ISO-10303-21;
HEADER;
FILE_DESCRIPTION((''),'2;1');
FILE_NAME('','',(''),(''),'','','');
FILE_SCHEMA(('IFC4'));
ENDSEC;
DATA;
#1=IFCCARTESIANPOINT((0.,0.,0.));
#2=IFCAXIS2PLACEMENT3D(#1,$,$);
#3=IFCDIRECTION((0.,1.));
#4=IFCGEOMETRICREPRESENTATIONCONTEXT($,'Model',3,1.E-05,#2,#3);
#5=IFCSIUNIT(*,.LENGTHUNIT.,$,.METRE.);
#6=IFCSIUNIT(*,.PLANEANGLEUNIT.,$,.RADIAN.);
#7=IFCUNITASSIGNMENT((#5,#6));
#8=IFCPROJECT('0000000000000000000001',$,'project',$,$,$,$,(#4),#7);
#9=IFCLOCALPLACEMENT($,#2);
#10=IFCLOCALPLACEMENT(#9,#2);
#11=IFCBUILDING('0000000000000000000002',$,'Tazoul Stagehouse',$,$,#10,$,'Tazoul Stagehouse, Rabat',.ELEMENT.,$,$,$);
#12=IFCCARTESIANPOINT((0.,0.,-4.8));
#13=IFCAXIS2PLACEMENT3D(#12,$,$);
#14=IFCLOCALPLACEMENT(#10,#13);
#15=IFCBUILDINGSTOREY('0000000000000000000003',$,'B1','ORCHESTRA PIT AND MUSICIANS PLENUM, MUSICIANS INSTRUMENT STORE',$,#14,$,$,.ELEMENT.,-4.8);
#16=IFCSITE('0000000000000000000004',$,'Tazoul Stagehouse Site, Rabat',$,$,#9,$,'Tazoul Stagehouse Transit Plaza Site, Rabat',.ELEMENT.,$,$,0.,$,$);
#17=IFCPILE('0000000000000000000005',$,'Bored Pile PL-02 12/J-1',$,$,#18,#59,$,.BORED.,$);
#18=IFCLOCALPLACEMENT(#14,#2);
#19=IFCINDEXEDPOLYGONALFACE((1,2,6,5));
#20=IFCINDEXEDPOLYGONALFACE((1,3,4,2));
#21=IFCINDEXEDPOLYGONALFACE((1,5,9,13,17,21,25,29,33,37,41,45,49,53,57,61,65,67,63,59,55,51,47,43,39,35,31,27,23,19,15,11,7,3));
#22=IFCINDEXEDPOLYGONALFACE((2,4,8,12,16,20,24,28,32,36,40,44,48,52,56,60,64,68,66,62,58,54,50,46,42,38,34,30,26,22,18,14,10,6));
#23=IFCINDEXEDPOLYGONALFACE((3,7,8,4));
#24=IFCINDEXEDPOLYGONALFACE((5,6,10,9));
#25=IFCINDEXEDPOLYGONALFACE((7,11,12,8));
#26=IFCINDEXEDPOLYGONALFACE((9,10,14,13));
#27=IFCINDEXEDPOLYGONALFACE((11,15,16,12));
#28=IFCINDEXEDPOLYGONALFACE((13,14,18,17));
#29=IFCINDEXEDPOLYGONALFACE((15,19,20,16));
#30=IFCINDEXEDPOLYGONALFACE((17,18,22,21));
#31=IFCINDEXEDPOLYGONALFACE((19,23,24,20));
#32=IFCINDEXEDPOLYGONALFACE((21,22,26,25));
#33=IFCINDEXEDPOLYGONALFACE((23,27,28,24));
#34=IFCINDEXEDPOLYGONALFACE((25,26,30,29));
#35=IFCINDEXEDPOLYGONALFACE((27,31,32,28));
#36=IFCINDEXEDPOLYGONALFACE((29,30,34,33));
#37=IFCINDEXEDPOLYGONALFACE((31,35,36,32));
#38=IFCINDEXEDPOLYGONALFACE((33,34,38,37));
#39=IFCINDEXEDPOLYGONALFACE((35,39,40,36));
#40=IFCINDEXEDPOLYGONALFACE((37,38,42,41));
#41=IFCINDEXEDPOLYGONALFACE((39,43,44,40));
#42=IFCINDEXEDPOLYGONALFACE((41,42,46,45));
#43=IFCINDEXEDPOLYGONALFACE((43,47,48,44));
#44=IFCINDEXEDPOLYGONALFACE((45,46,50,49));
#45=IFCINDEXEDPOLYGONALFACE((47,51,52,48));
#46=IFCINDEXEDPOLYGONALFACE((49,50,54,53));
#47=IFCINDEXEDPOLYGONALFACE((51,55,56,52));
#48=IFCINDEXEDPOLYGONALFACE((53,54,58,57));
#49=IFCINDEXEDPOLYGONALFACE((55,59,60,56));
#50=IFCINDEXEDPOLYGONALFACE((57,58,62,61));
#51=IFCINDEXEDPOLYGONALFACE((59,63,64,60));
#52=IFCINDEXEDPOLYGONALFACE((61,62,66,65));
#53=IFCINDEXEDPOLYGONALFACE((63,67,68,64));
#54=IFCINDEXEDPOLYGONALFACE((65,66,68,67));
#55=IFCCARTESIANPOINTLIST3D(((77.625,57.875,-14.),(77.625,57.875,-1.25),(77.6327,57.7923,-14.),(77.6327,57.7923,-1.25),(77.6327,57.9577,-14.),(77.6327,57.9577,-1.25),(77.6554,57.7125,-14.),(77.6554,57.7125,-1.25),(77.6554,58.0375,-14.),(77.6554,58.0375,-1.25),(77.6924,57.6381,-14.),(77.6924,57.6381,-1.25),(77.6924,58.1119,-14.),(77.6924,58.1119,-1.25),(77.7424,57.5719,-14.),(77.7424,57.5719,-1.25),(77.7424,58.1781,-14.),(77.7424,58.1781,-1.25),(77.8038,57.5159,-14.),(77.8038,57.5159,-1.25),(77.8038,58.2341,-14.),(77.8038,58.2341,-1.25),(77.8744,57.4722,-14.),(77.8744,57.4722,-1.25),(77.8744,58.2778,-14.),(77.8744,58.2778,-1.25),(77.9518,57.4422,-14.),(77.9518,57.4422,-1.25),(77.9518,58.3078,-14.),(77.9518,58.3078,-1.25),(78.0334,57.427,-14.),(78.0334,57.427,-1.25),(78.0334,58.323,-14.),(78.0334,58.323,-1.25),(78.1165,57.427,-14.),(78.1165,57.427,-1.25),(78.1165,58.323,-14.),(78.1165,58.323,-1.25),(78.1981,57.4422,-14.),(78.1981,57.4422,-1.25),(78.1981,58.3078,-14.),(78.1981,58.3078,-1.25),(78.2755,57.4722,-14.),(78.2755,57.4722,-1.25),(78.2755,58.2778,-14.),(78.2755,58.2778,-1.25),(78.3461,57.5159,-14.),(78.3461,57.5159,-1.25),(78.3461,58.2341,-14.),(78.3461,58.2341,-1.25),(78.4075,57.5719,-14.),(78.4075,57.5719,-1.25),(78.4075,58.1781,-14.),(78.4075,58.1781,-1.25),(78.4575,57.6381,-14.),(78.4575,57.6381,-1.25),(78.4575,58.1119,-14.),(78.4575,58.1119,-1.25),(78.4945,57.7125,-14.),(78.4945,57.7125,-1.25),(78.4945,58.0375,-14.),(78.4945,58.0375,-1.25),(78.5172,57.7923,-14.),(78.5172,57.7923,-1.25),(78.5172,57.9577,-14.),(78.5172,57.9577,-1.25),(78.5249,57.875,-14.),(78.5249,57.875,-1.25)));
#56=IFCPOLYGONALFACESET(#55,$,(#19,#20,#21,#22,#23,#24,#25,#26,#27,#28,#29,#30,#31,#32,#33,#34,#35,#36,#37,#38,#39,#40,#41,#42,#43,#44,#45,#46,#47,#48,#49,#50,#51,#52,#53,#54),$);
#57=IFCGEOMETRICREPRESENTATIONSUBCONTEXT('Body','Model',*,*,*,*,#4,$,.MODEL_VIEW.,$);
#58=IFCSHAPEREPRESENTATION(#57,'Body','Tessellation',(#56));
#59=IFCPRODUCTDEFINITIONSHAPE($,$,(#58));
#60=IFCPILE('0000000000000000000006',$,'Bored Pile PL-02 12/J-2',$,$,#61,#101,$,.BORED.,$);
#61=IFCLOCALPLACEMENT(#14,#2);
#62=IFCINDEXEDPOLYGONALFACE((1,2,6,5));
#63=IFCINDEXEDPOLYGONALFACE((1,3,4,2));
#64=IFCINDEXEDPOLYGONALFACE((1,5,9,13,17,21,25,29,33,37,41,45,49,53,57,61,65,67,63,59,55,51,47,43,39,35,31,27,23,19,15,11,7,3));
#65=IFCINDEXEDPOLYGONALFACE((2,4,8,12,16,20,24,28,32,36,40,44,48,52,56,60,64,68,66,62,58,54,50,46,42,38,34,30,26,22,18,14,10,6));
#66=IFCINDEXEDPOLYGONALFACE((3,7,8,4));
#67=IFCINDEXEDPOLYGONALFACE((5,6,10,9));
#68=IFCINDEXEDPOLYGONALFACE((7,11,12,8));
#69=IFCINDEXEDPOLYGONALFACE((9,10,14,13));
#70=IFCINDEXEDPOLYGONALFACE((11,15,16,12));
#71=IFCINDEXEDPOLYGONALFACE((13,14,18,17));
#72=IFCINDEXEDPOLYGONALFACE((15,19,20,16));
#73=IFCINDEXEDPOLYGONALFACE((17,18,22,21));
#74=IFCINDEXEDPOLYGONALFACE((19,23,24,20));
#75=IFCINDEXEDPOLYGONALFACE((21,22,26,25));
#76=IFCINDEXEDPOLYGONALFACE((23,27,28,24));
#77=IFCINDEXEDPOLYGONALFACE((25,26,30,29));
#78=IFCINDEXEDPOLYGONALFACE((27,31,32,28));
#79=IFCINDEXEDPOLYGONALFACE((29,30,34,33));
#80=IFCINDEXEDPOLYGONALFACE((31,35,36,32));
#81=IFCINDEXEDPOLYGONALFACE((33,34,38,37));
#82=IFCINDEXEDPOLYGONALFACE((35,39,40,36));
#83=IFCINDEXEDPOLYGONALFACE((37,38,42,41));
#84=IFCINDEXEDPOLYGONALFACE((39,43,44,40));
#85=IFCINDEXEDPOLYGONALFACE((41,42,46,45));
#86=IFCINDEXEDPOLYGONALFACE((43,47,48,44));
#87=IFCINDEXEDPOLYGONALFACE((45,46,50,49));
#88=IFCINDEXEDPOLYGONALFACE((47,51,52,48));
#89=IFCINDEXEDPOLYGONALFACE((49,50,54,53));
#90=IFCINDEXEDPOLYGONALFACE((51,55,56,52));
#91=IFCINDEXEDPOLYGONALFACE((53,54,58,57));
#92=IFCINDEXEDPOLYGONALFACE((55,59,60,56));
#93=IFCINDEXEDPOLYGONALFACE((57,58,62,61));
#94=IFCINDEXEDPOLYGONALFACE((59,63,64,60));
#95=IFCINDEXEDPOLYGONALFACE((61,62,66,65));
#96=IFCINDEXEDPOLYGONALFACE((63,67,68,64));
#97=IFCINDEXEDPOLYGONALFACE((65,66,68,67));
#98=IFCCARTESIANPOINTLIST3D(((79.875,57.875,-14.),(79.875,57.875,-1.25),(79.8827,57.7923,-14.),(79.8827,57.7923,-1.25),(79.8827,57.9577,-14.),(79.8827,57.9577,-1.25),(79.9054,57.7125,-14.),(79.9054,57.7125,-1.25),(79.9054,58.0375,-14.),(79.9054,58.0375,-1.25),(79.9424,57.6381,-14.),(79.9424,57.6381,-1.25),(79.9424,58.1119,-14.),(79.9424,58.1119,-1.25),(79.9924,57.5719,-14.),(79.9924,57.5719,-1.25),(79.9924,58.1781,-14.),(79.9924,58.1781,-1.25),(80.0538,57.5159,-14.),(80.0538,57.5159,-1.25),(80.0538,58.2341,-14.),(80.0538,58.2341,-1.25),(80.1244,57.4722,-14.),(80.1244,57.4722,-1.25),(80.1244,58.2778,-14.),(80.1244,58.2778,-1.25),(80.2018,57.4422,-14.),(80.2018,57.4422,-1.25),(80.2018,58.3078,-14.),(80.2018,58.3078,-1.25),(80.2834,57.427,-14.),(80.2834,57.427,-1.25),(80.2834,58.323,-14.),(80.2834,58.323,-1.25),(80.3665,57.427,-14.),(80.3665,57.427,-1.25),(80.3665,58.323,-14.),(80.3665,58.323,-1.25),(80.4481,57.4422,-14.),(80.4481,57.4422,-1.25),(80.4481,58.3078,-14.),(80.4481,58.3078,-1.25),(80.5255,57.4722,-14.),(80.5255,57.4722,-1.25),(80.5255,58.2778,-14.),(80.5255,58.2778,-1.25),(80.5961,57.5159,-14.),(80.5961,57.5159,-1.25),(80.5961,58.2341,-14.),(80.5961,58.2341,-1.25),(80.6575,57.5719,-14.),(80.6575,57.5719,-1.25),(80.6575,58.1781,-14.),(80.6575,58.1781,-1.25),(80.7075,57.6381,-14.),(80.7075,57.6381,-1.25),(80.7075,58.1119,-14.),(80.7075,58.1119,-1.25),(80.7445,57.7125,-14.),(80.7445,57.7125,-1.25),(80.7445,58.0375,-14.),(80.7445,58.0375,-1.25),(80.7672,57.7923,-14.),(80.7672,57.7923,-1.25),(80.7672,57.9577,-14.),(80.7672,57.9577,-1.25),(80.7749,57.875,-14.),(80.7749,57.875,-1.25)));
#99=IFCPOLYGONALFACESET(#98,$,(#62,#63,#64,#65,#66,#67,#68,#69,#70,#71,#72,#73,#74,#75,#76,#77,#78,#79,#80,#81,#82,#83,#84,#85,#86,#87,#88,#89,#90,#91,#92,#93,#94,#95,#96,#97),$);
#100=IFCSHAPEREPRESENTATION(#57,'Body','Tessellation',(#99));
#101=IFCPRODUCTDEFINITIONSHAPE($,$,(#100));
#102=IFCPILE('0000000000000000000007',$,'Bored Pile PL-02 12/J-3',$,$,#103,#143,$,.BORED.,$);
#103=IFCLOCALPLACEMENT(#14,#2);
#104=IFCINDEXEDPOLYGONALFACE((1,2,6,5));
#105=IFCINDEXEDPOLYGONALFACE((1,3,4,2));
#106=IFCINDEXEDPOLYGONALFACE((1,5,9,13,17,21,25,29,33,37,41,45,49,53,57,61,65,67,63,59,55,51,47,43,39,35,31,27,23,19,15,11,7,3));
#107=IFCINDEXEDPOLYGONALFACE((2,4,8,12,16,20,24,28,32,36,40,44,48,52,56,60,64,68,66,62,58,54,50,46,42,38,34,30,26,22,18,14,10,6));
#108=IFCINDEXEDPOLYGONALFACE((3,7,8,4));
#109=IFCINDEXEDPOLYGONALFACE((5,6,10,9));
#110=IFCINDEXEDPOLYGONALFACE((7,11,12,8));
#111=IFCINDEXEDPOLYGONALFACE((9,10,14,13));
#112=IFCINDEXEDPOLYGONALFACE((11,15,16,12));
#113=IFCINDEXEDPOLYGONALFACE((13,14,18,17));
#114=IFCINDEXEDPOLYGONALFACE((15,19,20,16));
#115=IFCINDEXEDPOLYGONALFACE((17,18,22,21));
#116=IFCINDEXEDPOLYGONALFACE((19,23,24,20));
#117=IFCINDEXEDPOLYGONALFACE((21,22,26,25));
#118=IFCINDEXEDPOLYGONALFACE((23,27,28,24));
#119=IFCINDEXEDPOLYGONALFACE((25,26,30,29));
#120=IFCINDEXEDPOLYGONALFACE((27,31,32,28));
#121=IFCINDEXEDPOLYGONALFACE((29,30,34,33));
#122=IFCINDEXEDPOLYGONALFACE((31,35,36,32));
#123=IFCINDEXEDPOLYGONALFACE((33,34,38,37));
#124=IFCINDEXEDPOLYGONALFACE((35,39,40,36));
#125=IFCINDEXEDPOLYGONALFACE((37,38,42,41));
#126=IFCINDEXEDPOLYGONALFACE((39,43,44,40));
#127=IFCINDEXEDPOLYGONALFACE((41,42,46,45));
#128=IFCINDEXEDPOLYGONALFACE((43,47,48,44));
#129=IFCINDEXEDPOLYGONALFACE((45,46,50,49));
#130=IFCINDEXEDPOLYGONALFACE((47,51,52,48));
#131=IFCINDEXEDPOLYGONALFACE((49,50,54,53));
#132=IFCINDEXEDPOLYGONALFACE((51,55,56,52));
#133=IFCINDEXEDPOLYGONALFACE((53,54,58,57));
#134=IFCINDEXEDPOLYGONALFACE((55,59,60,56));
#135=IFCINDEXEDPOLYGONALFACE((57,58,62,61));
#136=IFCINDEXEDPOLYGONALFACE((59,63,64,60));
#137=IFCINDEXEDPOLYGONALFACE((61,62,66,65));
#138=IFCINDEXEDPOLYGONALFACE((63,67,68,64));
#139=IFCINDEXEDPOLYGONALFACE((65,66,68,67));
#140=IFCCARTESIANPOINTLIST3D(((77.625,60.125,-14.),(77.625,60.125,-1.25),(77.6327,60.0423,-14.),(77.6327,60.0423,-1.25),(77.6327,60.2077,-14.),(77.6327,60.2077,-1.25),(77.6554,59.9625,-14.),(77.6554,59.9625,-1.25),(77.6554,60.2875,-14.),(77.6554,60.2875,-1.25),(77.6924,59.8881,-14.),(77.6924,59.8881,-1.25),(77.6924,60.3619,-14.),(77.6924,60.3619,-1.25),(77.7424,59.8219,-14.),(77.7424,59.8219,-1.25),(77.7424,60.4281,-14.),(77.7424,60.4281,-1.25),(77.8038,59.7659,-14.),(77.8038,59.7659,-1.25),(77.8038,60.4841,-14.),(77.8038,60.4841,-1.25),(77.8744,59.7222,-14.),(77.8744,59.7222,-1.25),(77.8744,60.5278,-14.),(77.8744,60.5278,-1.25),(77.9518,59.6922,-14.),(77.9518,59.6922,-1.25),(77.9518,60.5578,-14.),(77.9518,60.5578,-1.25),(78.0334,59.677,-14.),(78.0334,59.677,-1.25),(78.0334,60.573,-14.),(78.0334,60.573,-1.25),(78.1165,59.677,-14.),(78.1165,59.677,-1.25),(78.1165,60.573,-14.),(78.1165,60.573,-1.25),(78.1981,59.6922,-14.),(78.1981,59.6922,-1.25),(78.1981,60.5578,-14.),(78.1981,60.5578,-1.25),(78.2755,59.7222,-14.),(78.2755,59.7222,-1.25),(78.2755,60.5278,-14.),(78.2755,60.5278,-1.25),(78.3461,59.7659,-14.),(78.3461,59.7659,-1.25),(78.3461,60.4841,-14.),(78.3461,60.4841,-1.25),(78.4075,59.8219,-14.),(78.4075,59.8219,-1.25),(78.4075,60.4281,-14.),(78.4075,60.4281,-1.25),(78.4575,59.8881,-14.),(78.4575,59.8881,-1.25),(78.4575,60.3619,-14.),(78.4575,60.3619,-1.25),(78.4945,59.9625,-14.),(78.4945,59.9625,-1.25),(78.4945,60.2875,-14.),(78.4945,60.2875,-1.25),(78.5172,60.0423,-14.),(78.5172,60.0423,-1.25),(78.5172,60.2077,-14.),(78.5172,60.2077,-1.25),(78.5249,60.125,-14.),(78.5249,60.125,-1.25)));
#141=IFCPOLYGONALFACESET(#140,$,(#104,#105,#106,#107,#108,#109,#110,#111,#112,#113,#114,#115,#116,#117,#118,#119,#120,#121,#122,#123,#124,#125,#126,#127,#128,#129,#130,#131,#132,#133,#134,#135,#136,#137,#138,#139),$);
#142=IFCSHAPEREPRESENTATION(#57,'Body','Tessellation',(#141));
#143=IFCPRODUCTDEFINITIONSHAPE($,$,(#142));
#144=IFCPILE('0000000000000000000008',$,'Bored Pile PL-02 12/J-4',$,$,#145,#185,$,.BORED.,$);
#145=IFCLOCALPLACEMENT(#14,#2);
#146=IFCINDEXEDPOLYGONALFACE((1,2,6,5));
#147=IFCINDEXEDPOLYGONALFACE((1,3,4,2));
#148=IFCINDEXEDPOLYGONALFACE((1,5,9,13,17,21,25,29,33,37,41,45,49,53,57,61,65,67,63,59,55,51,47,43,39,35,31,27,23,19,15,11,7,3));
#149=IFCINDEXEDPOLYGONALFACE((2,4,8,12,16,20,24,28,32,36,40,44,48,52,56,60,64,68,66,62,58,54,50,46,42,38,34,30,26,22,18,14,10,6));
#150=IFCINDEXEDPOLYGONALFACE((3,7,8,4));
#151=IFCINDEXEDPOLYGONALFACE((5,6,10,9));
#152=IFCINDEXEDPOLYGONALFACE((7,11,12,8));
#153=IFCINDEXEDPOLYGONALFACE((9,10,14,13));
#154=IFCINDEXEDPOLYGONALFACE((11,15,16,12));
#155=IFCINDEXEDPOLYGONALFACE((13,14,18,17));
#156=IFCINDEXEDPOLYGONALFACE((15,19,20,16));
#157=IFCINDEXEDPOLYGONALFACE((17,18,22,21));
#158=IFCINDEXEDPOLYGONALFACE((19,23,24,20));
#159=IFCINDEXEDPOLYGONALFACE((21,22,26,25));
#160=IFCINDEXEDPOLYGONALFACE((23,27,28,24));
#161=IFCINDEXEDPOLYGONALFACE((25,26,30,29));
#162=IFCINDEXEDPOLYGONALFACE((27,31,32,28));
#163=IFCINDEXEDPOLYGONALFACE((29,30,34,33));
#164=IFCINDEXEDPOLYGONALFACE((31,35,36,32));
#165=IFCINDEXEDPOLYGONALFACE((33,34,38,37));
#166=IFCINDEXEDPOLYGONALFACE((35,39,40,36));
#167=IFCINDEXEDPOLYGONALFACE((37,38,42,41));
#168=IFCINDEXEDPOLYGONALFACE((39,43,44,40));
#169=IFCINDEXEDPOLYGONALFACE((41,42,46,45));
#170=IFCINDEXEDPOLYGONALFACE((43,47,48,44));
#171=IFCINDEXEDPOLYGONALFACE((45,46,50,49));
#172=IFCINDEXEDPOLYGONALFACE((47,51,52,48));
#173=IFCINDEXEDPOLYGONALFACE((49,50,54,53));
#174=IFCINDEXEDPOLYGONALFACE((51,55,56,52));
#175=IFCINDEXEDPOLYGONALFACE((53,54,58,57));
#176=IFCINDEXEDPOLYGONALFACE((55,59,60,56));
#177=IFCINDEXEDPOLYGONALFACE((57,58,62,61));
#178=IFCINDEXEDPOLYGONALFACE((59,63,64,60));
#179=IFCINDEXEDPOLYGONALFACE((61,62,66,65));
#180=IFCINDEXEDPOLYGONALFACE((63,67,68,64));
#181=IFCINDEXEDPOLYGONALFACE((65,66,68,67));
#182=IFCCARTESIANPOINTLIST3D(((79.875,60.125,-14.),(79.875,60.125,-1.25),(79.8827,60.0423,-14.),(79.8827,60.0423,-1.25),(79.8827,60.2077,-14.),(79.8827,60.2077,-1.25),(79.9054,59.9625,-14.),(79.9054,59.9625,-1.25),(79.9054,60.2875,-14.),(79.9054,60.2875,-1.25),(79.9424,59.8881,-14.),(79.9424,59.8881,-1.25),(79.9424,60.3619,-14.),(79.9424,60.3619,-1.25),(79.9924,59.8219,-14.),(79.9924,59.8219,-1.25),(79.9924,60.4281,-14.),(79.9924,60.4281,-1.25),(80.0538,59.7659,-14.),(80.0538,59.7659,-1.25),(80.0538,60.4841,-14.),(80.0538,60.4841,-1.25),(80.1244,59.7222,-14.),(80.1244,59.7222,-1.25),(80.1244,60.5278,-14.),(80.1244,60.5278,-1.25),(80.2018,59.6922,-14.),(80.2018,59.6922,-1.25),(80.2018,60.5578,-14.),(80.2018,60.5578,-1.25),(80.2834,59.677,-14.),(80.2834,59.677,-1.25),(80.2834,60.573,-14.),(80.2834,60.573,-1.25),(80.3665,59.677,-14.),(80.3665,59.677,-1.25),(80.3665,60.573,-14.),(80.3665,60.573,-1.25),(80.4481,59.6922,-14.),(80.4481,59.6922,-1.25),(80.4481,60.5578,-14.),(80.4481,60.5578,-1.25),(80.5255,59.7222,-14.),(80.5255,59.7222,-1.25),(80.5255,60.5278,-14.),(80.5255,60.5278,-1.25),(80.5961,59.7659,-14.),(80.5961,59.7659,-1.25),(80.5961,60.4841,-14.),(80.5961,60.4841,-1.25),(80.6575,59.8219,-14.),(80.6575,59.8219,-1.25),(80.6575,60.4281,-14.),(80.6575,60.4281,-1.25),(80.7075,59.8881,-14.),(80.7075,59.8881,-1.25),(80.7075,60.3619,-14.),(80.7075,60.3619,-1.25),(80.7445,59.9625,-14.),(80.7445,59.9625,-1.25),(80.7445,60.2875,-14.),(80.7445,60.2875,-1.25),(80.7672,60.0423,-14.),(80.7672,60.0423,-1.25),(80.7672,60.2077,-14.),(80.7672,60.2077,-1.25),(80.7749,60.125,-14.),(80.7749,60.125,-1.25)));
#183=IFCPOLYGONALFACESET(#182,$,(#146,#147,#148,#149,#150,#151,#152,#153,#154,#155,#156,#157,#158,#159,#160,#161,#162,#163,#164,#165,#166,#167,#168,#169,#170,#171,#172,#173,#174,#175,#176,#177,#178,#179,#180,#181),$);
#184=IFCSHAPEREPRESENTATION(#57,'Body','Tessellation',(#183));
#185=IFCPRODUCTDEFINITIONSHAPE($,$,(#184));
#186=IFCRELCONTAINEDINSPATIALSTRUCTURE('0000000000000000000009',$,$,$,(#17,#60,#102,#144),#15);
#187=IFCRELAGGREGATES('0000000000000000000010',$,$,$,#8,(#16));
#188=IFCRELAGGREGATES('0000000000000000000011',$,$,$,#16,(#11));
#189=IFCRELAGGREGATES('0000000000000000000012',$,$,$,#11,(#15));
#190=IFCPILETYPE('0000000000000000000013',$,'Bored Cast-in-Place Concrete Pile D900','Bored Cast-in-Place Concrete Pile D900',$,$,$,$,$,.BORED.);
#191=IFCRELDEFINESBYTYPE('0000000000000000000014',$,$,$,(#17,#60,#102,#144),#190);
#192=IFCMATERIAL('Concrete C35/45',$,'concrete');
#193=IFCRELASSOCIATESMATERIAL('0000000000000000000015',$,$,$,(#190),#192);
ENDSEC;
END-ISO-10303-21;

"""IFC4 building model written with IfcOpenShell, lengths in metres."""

from ifc_helpers import new_model, si_unit, direction, frame, origin, origin_2d, place, context, subcontext, project, spatial, circle, extrude, material, material_profile, profile_set, type_object, element, save


model = new_model("IFC4")

# Units and contexts
model_context = context("Model", 3, precision=1e-05, world=origin(), true_north=direction((0.0, 1.0)))
body_context = subcontext(model_context, "Body", "Model", "MODEL_VIEW")
ifc_project = project(units=[si_unit("LENGTHUNIT", "METRE"), si_unit("PLANEANGLEUNIT", "RADIAN")], contexts=[model_context])

# Site, building, storey
site_placement = place(None, origin())
site = spatial("IfcSite", under=ifc_project, at=site_placement, Name="Tazoul Stagehouse Site, Rabat", LongName="Tazoul Stagehouse Transit Plaza Site, Rabat", CompositionType="ELEMENT", RefElevation=0.0)
building_placement = place(site_placement, origin())
building = spatial("IfcBuilding", under=site, at=building_placement, Name="Tazoul Stagehouse", LongName="Tazoul Stagehouse, Rabat", CompositionType="ELEMENT")
storey_placement = place(building_placement, frame((0.0, 0.0, -4.8)))
storey = spatial("IfcBuildingStorey", under=building, at=storey_placement, Name="B1", Description="ORCHESTRA PIT AND MUSICIANS PLENUM, MUSICIANS INSTRUMENT STORE", CompositionType="ELEMENT", Elevation=-4.8)

# Piles
ifc_material_1 = material(Name="Concrete C35/45", Category="concrete")
ifc_material_profile_1 = material_profile(ifc_material_1, circle(Radius=0.45, at=origin_2d()), Name="BORED PILE 900")
ifc_profile_set_1 = profile_set([ifc_material_profile_1], Name="Concrete C35/45")
pile_type = type_object("IfcPileType", Name="Bored Cast-in-Place Concrete Pile D900", Description="Bored Cast-in-Place Concrete Pile D900", PredefinedType="BORED", material=ifc_profile_set_1)
for number, where, z_axis, x_axis, name in (
    (1, (78.075, 57.875, -1.25), (0.0, 0.0, -1.0), (1.0, 0.0, 0.0), "Bored Pile PL-02 12/J-1"),
    (2, (80.325, 57.875, -1.25), (0.0, 0.0, -1.0), (1.0, 0.0, 0.0), "Bored Pile PL-02 12/J-2"),
    (3, (78.075, 60.125, -1.25), (0.0, 0.0, -1.0), (1.0, 0.0, 0.0), "Bored Pile PL-02 12/J-3"),
    (4, (80.325, 60.125, -1.25), (0.0, 0.0, -1.0), (1.0, 0.0, 0.0), "Bored Pile PL-02 12/J-4"),
):
    element("IfcPile", number, at=place(storey_placement, frame(where, z_axis=z_axis, x_axis=x_axis)), inside=storey, type_object=pile_type, Name=name, PredefinedType="BORED", context=body_context, shape_type="SweptSolid", body=[
        extrude(circle(Radius=0.45, at=origin_2d()), origin(), (0.0, 0.0, 1.0), 12.75),
    ])

save(model, "model.ifc")
